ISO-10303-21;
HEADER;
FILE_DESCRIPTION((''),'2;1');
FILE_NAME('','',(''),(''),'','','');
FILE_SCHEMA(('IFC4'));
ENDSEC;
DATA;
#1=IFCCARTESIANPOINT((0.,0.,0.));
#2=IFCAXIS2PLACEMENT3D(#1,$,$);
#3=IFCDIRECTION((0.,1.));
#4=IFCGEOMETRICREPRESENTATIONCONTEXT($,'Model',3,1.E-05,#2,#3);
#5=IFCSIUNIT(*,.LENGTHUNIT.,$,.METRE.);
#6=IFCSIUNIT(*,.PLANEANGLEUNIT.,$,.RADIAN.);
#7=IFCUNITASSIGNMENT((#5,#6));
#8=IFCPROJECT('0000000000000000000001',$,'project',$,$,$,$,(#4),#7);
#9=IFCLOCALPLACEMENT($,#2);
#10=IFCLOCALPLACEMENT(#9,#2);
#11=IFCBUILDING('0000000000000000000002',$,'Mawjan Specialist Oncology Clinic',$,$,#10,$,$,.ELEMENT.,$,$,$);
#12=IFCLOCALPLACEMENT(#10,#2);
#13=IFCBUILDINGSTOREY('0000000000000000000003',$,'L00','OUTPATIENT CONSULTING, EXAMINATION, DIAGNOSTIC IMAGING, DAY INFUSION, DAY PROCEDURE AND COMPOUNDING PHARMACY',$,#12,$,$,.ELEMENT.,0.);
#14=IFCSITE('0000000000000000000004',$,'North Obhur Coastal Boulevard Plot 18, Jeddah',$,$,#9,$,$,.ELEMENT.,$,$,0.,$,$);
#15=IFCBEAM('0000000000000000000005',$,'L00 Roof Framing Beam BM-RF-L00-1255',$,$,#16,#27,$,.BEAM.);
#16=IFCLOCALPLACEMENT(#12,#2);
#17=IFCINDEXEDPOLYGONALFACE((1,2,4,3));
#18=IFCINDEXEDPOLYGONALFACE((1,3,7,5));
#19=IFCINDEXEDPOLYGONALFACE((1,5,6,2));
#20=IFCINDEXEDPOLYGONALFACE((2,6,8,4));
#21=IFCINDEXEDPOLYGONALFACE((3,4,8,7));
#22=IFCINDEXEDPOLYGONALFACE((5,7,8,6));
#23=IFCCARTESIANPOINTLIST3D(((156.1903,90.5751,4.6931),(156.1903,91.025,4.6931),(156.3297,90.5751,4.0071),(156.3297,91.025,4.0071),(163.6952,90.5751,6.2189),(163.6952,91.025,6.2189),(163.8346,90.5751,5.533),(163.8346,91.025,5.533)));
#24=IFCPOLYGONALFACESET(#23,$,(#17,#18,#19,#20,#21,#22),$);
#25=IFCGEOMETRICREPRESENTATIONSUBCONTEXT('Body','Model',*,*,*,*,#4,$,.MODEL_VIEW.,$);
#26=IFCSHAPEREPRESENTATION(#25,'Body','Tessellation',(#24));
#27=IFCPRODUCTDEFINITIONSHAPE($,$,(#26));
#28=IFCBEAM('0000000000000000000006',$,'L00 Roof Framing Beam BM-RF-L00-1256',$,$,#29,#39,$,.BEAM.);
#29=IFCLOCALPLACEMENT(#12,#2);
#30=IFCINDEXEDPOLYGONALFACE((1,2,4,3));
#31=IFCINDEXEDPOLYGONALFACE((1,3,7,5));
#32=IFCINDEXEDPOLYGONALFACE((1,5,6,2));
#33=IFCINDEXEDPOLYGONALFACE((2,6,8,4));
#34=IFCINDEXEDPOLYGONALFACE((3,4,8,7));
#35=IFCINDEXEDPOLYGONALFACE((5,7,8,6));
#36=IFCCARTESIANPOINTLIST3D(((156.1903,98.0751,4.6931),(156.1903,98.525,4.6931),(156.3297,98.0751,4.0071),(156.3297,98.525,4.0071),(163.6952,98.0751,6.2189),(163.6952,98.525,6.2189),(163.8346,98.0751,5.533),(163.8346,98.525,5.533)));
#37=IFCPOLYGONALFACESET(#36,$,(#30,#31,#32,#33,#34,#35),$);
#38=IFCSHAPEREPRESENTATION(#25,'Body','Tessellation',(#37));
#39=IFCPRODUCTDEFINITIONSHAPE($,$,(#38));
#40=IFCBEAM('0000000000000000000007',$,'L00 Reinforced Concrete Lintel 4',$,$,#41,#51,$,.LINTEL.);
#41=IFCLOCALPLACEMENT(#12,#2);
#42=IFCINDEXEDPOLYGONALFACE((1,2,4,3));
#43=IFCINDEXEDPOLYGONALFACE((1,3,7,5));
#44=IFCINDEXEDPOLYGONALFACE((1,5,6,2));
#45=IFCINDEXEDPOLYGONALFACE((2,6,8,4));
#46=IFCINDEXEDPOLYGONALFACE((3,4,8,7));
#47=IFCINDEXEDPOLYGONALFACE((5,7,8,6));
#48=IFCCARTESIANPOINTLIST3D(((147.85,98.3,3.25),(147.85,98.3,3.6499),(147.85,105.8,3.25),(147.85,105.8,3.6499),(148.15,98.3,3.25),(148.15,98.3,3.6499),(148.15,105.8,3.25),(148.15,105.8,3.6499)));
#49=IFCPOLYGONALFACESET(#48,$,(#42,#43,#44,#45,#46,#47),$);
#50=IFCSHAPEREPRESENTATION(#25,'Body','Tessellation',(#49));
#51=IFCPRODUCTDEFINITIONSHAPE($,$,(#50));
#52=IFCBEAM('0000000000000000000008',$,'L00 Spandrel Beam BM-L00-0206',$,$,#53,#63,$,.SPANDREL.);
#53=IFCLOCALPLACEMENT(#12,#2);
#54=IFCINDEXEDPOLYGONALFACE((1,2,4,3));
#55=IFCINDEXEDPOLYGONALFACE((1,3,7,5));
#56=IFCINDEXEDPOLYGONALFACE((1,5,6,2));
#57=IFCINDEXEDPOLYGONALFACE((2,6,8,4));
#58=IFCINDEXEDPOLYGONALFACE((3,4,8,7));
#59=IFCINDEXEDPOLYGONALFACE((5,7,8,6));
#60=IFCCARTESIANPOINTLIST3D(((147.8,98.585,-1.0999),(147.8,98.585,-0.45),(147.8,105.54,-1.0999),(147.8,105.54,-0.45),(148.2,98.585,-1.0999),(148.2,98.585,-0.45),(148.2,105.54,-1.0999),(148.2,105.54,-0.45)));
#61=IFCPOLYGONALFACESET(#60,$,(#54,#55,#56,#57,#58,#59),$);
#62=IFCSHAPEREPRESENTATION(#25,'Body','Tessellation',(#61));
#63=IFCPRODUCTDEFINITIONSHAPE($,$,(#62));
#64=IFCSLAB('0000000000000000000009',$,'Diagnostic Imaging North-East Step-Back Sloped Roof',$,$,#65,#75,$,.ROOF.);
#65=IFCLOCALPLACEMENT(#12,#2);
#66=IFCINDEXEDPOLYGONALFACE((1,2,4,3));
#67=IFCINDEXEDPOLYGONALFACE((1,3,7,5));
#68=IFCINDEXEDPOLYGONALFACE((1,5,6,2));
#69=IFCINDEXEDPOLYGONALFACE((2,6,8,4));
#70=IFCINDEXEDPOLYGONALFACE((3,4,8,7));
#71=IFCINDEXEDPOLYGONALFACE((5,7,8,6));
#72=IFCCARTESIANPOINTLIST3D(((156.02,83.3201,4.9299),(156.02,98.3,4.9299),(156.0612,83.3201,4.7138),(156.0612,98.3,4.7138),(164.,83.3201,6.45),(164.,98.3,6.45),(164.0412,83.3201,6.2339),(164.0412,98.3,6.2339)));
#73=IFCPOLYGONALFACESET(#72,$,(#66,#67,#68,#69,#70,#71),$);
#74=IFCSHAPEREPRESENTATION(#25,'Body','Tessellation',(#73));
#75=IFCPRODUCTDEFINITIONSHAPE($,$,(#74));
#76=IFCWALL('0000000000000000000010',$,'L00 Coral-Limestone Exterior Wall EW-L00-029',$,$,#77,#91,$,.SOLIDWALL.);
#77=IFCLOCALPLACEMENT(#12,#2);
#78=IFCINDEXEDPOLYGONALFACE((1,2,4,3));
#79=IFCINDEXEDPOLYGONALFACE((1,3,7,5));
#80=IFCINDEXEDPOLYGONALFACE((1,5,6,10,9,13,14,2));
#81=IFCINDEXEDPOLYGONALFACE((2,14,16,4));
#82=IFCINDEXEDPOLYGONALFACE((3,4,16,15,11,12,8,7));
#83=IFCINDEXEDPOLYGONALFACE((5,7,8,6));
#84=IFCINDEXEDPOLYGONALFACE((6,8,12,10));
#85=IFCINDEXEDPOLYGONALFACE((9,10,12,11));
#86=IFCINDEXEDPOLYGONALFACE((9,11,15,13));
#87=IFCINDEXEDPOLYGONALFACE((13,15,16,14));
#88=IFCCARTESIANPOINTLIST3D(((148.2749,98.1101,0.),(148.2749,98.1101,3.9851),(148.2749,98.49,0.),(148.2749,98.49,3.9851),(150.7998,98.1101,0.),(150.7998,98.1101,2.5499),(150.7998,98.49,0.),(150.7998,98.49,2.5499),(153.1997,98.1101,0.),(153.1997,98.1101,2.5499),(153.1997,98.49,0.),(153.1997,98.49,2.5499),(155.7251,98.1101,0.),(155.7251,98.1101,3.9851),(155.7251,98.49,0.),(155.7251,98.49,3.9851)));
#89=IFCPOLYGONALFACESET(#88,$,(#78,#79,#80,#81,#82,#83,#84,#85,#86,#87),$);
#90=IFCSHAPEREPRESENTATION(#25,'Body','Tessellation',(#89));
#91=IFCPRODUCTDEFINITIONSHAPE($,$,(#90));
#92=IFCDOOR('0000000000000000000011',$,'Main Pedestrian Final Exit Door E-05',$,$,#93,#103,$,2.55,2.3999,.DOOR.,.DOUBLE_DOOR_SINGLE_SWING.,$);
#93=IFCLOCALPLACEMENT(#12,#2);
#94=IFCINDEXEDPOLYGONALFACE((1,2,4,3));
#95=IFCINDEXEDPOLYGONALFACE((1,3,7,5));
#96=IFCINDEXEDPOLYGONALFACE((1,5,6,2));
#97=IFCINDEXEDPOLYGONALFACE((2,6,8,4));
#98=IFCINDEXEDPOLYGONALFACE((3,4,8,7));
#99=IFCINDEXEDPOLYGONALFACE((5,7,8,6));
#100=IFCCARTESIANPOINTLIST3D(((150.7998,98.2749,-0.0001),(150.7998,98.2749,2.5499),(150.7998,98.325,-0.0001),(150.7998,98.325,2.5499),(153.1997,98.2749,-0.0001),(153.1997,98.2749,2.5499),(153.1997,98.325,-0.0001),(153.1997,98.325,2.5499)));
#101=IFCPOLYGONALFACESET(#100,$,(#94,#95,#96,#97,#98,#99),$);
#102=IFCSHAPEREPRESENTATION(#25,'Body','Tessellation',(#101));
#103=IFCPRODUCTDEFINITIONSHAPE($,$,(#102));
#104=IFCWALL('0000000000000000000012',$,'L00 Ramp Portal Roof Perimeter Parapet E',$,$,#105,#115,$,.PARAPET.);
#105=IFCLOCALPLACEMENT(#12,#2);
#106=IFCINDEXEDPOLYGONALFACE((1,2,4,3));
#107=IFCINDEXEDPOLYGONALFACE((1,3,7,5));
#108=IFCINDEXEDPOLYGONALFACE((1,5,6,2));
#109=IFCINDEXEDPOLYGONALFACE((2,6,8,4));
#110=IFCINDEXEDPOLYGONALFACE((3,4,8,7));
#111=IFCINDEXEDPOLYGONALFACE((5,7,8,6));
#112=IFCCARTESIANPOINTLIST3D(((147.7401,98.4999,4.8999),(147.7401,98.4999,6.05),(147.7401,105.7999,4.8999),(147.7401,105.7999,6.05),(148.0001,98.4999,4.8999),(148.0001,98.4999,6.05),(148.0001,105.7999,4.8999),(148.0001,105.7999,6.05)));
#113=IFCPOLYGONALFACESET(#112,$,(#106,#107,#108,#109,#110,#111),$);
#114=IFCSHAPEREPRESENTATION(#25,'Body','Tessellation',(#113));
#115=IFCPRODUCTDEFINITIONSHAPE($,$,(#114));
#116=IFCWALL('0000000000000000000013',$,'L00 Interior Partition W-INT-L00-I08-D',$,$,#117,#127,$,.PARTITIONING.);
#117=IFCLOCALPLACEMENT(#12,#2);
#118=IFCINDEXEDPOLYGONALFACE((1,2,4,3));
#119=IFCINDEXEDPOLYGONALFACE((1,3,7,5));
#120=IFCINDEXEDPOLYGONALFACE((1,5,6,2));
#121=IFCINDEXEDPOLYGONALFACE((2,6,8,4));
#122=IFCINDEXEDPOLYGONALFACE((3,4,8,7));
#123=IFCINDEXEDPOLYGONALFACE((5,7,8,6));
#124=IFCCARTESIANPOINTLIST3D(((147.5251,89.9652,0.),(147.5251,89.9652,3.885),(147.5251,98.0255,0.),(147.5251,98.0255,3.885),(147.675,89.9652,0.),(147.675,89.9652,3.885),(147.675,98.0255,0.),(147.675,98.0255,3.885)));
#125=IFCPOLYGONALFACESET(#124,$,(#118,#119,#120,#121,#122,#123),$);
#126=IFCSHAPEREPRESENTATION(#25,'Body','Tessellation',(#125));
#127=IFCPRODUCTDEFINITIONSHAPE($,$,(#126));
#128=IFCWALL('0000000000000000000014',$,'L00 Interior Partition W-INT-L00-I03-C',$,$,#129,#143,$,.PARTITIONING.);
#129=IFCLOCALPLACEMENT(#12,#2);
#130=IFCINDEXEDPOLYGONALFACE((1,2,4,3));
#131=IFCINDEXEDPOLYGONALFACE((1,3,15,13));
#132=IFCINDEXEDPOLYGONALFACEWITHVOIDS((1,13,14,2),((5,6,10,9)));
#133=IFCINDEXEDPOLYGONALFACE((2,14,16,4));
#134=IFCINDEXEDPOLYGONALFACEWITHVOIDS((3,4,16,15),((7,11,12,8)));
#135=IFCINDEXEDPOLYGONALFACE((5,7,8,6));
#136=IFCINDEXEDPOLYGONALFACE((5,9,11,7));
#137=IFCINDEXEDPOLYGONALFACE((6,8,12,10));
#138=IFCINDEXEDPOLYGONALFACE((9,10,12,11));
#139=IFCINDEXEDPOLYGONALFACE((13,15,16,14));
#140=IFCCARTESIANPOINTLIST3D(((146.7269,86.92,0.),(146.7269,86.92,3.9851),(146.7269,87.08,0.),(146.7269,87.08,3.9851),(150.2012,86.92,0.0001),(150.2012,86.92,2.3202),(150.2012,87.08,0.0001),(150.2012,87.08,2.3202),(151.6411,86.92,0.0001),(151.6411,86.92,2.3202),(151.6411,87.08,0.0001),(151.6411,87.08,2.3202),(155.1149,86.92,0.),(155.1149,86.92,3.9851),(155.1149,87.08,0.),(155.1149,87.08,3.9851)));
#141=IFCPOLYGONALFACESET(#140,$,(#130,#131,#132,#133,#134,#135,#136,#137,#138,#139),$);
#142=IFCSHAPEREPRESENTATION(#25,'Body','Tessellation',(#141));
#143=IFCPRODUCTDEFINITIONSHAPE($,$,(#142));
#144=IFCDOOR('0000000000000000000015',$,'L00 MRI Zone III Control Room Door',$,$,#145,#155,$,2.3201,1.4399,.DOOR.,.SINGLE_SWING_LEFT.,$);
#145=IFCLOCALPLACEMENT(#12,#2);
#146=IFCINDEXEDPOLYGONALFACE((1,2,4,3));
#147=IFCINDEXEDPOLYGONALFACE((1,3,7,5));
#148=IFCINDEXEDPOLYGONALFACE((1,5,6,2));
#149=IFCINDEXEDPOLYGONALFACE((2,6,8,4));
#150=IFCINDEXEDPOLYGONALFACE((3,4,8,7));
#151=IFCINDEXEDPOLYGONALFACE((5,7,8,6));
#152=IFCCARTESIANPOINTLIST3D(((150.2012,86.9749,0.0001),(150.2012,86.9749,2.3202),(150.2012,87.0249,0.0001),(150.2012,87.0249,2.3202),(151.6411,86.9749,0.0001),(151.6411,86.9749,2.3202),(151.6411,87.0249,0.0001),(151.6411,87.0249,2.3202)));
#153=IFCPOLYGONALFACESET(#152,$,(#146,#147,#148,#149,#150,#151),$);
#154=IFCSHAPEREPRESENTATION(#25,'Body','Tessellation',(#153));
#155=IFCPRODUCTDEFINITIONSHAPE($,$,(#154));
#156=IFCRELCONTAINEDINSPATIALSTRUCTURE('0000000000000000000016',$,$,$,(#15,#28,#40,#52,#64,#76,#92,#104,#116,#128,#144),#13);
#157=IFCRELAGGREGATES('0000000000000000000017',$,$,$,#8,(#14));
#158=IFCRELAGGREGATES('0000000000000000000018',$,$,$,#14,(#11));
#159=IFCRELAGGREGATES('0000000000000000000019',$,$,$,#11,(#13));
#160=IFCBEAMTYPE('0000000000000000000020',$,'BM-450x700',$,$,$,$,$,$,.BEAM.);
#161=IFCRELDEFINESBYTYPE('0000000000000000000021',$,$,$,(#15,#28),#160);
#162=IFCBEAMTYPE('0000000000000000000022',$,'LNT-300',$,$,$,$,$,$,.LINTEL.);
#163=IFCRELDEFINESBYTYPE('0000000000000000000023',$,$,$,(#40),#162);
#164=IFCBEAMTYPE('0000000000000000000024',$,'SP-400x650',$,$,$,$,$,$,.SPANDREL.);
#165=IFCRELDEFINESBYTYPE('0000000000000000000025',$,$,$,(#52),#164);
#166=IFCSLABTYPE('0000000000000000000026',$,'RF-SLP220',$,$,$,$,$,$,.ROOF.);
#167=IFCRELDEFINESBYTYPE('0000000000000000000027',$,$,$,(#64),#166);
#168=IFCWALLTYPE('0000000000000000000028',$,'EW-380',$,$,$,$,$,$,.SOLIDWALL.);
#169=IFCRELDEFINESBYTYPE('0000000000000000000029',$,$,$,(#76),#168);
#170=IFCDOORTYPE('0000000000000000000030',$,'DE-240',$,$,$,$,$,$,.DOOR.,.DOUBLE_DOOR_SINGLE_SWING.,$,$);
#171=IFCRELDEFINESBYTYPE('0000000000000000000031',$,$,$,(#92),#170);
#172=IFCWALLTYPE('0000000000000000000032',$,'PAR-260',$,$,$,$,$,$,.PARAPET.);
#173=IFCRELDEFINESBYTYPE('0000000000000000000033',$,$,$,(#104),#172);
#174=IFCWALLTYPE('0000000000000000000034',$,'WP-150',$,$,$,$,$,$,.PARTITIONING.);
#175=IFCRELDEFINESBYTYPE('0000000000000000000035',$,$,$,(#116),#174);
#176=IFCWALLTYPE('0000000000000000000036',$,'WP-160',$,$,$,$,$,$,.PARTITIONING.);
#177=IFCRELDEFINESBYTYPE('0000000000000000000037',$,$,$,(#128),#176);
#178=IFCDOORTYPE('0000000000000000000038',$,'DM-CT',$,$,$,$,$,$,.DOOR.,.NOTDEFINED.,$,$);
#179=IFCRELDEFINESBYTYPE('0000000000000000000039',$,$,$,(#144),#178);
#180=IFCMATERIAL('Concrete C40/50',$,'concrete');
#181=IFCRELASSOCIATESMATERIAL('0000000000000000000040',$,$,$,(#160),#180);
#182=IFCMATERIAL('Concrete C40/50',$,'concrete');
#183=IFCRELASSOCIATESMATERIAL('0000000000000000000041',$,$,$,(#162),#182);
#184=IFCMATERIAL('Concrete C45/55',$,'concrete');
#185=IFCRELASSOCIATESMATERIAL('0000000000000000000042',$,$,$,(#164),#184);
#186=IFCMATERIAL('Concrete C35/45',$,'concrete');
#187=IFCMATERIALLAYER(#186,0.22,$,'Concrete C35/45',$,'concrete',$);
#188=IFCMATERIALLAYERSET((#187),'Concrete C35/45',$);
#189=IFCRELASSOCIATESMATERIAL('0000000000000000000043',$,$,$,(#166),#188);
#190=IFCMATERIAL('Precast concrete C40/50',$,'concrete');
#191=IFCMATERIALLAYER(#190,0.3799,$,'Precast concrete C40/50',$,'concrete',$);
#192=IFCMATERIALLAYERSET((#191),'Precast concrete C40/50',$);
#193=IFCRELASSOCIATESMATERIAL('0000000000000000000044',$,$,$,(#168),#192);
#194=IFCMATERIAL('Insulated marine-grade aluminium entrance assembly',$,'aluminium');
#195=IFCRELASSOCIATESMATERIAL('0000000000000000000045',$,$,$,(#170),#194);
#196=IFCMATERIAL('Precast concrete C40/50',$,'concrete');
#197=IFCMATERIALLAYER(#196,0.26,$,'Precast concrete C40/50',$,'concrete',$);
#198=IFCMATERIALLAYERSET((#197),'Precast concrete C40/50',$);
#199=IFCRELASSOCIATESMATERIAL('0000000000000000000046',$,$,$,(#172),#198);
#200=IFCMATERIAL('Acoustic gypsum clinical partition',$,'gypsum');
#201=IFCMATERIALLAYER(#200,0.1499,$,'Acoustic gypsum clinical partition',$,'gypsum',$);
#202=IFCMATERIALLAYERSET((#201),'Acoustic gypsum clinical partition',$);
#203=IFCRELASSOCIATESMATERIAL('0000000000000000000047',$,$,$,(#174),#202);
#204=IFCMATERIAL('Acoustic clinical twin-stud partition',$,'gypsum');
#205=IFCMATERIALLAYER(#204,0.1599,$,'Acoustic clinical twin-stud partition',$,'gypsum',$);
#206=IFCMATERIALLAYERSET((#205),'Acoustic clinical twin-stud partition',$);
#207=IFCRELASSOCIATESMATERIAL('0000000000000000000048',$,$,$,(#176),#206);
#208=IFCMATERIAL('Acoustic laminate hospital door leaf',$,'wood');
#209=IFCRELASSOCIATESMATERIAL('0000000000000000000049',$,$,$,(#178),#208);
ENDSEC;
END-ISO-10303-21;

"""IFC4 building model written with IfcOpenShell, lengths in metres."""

from ifc_helpers import new_model, si_unit, direction, frame, frame_2d, origin, origin_2d, place, context, subcontext, project, spatial, polyline, rectangle, outline, extrude, material, layer, layer_set, material_profile, profile_set, type_object, element, fill, save


model = new_model("IFC4")

# Units and contexts
model_context = context("Model", 3, precision=1e-05, world=origin(), true_north=direction((0.0, 1.0)))
body_context = subcontext(model_context, "Body", "Model", "MODEL_VIEW")
ifc_project = project(units=[si_unit("LENGTHUNIT", "METRE"), si_unit("PLANEANGLEUNIT", "RADIAN")], contexts=[model_context])

# Site, building, storey
site_placement = place(None, origin())
site = spatial("IfcSite", under=ifc_project, at=site_placement, Name="North Obhur Coastal Boulevard Plot 18, Jeddah", CompositionType="ELEMENT", RefElevation=0.0)
building_placement = place(site_placement, origin())
building = spatial("IfcBuilding", under=site, at=building_placement, Name="Mawjan Specialist Oncology Clinic", CompositionType="ELEMENT")
storey_placement = place(building_placement, origin())
storey = spatial("IfcBuildingStorey", under=building, at=storey_placement, Name="L00", Description="OUTPATIENT CONSULTING, EXAMINATION, DIAGNOSTIC IMAGING, DAY INFUSION, DAY PROCEDURE AND COMPOUNDING PHARMACY", CompositionType="ELEMENT", Elevation=0.0)

# Beams
ifc_material_1 = material(Name="Concrete C40/50", Category="concrete")
ifc_material_profile_1 = material_profile(ifc_material_1, rectangle(XDim=0.45, YDim=0.7, at=origin_2d()), Name="RC BM 450x700", Category="concrete")
ifc_profile_set_1 = profile_set([ifc_material_profile_1], Name="Concrete C40/50")
beam_type_1 = type_object("IfcBeamType", Name="BM-450x700", PredefinedType="BEAM", material=ifc_profile_set_1)
for number, where, z_axis, x_axis, name in (
    (1, (156.26, 90.8, 4.3501), (0.97995, 0.0, 0.199242), (0.0, 1.0, 0.0), "L00 Roof Framing Beam BM-RF-L00-1255"),
    (2, (156.26, 98.3, 4.3501), (0.97995, 0.0, 0.199242), (0.0, 1.0, 0.0), "L00 Roof Framing Beam BM-RF-L00-1256"),
):
    element("IfcBeam", number, at=place(storey_placement, frame(where, z_axis=z_axis, x_axis=x_axis)), inside=storey, type_object=beam_type_1, Name=name, PredefinedType="BEAM", context=body_context, shape_type="SweptSolid", body=[
        extrude(rectangle(XDim=0.45, YDim=0.7, at=origin_2d()), origin(), (0.0, 0.0, 1.0), 7.6584),
    ])
ifc_material_2 = material(Name="Concrete C40/50", Category="concrete")
ifc_material_profile_2 = material_profile(ifc_material_2, rectangle(XDim=0.3, YDim=0.3999, at=origin_2d()), Name="RC LINTEL 300x400", Category="concrete")
ifc_profile_set_2 = profile_set([ifc_material_profile_2], Name="Concrete C40/50")
beam_type_2 = type_object("IfcBeamType", Name="LNT-300", PredefinedType="LINTEL", material=ifc_profile_set_2)
beam_1_placement = place(storey_placement, frame((148.0, 98.3, 3.45), z_axis=(0.0, 1.0, 0.0), x_axis=(-1.0, 0.0, 0.0)))
element("IfcBeam", 3, at=beam_1_placement, inside=storey, type_object=beam_type_2, Name="L00 Reinforced Concrete Lintel 4", PredefinedType="LINTEL", context=body_context, shape_type="SweptSolid", body=[
    extrude(rectangle(XDim=0.3, YDim=0.3999, at=origin_2d()), origin(), (0.0, 0.0, 1.0), 7.5),
])
ifc_material_3 = material(Name="Concrete C45/55", Category="concrete")
ifc_material_profile_3 = material_profile(ifc_material_3, rectangle(XDim=0.3999, YDim=0.6499, at=origin_2d()), Name="RC BM 400x650", Category="concrete")
ifc_profile_set_3 = profile_set([ifc_material_profile_3], Name="Concrete C45/55")
beam_type_3 = type_object("IfcBeamType", Name="SP-400x650", PredefinedType="SPANDREL", material=ifc_profile_set_3)
beam_2_placement = place(storey_placement, frame((148.0, 98.585, -0.7749), z_axis=(0.0, 1.0, 0.0), x_axis=(-1.0, 0.0, 0.0)))
element("IfcBeam", 4, at=beam_2_placement, inside=storey, type_object=beam_type_3, Name="L00 Spandrel Beam BM-L00-0206", PredefinedType="SPANDREL", context=body_context, shape_type="SweptSolid", body=[
    extrude(rectangle(XDim=0.3999, YDim=0.6499, at=origin_2d()), origin(), (0.0, 0.0, 1.0), 6.9551),
])

# Slab
ifc_material_4 = material(Name="Concrete C35/45", Category="concrete")
ifc_layer_1 = layer(ifc_material_4, 0.22, Name="Concrete C35/45", Category="concrete")
ifc_layer_set_1 = layer_set([ifc_layer_1], Name="Concrete C35/45")
slab_type = type_object("IfcSlabType", Name="RF-SLP220", PredefinedType="ROOF", material=ifc_layer_set_1)
slab_placement = place(storey_placement, frame((156.02, 83.3201, 4.9299), z_axis=(-0.187115, 0.0, 0.982338), x_axis=(0.0, 1.0, 0.0)))
element("IfcSlab", 5, at=slab_placement, inside=storey, type_object=slab_type, Name="Diagnostic Imaging North-East Step-Back Sloped Roof", PredefinedType="ROOF", context=body_context, shape_type="SweptSolid", body=[
    extrude(outline(polyline([(0.0, 0.0), (14.98, 0.0), (14.98, -8.1235), (0.0, -8.1235), (0.0, 0.0)])), origin(), (0.0, 0.0, -1.0), 0.22),
])

# Wall, opening, door
ifc_material_5 = material(Name="Precast concrete C40/50", Category="concrete")
ifc_layer_2 = layer(ifc_material_5, 0.3799, Name="Precast concrete C40/50", Category="concrete")
ifc_layer_set_2 = layer_set([ifc_layer_2], Name="Precast concrete C40/50")
wall_type_1 = type_object("IfcWallType", Name="EW-380", PredefinedType="SOLIDWALL", material=ifc_layer_set_2)
wall_1_placement = place(storey_placement, frame((148.2749, 98.3, 0.0), z_axis=(0.0, 0.0, 1.0), x_axis=(1.0, 0.0, 0.0)))
wall_1 = element("IfcWall", 6, at=wall_1_placement, inside=storey, type_object=wall_type_1, Name="L00 Coral-Limestone Exterior Wall EW-L00-029", PredefinedType="SOLIDWALL", context=body_context, shape_type="SweptSolid", body=[
    extrude(rectangle(XDim=7.4502, YDim=0.3799, at=frame_2d((3.7251, 0.0))), origin(), (0.0, 0.0, 1.0), 3.9851),
])
opening_1_placement = place(wall_1_placement, frame((2.5249, 0.0, 0.0)))
opening_1 = element("IfcOpeningElement", 7, at=opening_1_placement, cuts=wall_1, PredefinedType="OPENING", context=body_context, shape_type="SweptSolid", body=[
    extrude(rectangle(XDim=2.3999, YDim=2.55, at=frame_2d((1.2, 1.2749))), frame((0.0, 0.2019, 0.0), z_axis=(0.0, -1.0, 0.0), x_axis=(1.0, 0.0, 0.0)), (0.0, 0.0, 1.0), 0.4038),
])
ifc_material_6 = material(Name="Insulated marine-grade aluminium entrance assembly", Category="aluminium")
door_type_1 = type_object("IfcDoorType", Name="DE-240", OperationType="DOUBLE_DOOR_SINGLE_SWING", PredefinedType="DOOR", material=ifc_material_6)
door_1_placement = place(opening_1_placement, origin())
door_1 = element("IfcDoor", 8, at=door_1_placement, inside=storey, type_object=door_type_1, Name="Main Pedestrian Final Exit Door E-05", OperationType="DOUBLE_DOOR_SINGLE_SWING", OverallHeight=2.55, OverallWidth=2.3999, PredefinedType="DOOR", context=body_context, shape_type="SweptSolid", body=[
    extrude(rectangle(XDim=2.3999, YDim=2.55, at=frame_2d((1.2, 1.2749))), frame((0.0, 0.0249, 0.0), z_axis=(0.0, -1.0, 0.0), x_axis=(1.0, 0.0, 0.0)), (0.0, 0.0, 1.0), 0.05),
])
fill(opening_1, door_1)

# Walls
ifc_material_7 = material(Name="Precast concrete C40/50", Category="concrete")
ifc_layer_3 = layer(ifc_material_7, 0.26, Name="Precast concrete C40/50", Category="concrete")
ifc_layer_set_3 = layer_set([ifc_layer_3], Name="Precast concrete C40/50")
wall_type_2 = type_object("IfcWallType", Name="PAR-260", PredefinedType="PARAPET", material=ifc_layer_set_3)
wall_2_placement = place(storey_placement, frame((147.8701, 98.5, 4.8999), z_axis=(0.0, 0.0, 1.0), x_axis=(0.0, 1.0, 0.0)))
element("IfcWall", 9, at=wall_2_placement, inside=storey, type_object=wall_type_2, Name="L00 Ramp Portal Roof Perimeter Parapet E", PredefinedType="PARAPET", context=body_context, shape_type="SweptSolid", body=[
    extrude(rectangle(XDim=7.3, YDim=0.26, at=frame_2d((3.6499, 0.0))), origin(), (0.0, 0.0, 1.0), 1.1501),
])
ifc_material_8 = material(Name="Acoustic gypsum clinical partition", Category="gypsum")
ifc_layer_4 = layer(ifc_material_8, 0.1499, Name="Acoustic gypsum clinical partition", Category="gypsum")
ifc_layer_set_4 = layer_set([ifc_layer_4], Name="Acoustic gypsum clinical partition")
wall_type_3 = type_object("IfcWallType", Name="WP-150", PredefinedType="PARTITIONING", material=ifc_layer_set_4)
wall_3_placement = place(storey_placement, frame((147.6001, 89.9651, 0.0), z_axis=(0.0, 0.0, 1.0), x_axis=(0.0, 1.0, 0.0)))
element("IfcWall", 10, at=wall_3_placement, inside=storey, type_object=wall_type_3, Name="L00 Interior Partition W-INT-L00-I08-D", PredefinedType="PARTITIONING", context=body_context, shape_type="SweptSolid", body=[
    extrude(rectangle(XDim=8.0603, YDim=0.1499, at=frame_2d((4.0303, 0.0))), origin(), (0.0, 0.0, 1.0), 3.885),
])

# Wall, opening, door
ifc_material_9 = material(Name="Acoustic clinical twin-stud partition", Category="gypsum")
ifc_layer_5 = layer(ifc_material_9, 0.1599, Name="Acoustic clinical twin-stud partition", Category="gypsum")
ifc_layer_set_5 = layer_set([ifc_layer_5], Name="Acoustic clinical twin-stud partition")
wall_type_4 = type_object("IfcWallType", Name="WP-160", PredefinedType="PARTITIONING", material=ifc_layer_set_5)
wall_4_placement = place(storey_placement, frame((146.7271, 87.0, 0.0), z_axis=(0.0, 0.0, 1.0), x_axis=(1.0, 0.0, 0.0)))
wall_4 = element("IfcWall", 11, at=wall_4_placement, inside=storey, type_object=wall_type_4, Name="L00 Interior Partition W-INT-L00-I03-C", PredefinedType="PARTITIONING", context=body_context, shape_type="SweptSolid", body=[
    extrude(rectangle(XDim=8.3879, YDim=0.1599, at=frame_2d((4.1938, 0.0))), origin(), (0.0, 0.0, 1.0), 3.9851),
])
opening_2_placement = place(wall_4_placement, frame((3.4741, 0.0, 0.0)))
opening_2 = element("IfcOpeningElement", 12, at=opening_2_placement, cuts=wall_4, PredefinedType="OPENING", context=body_context, shape_type="SweptSolid", body=[
    extrude(rectangle(XDim=1.4399, YDim=2.3201, at=frame_2d((0.72, 1.1602))), frame((0.0, 0.092, 0.0), z_axis=(0.0, -1.0, 0.0), x_axis=(1.0, 0.0, 0.0)), (0.0, 0.0, 1.0), 0.1838),
])
ifc_material_10 = material(Name="Acoustic laminate hospital door leaf", Category="wood")
door_type_2 = type_object("IfcDoorType", Name="DM-CT", OperationType="NOTDEFINED", PredefinedType="DOOR", material=ifc_material_10)
door_2_placement = place(opening_2_placement, origin())
door_2 = element("IfcDoor", 13, at=door_2_placement, inside=storey, type_object=door_type_2, Name="L00 MRI Zone III Control Room Door", OperationType="SINGLE_SWING_LEFT", OverallHeight=2.3201, OverallWidth=1.4399, PredefinedType="DOOR", context=body_context, shape_type="SweptSolid", body=[
    extrude(rectangle(XDim=1.4399, YDim=2.3201, at=frame_2d((0.72, 1.1602))), frame((0.0, 0.0249, 0.0), z_axis=(0.0, -1.0, 0.0), x_axis=(1.0, 0.0, 0.0)), (0.0, 0.0, 1.0), 0.05),
])
fill(opening_2, door_2)

save(model, "model.ifc")
